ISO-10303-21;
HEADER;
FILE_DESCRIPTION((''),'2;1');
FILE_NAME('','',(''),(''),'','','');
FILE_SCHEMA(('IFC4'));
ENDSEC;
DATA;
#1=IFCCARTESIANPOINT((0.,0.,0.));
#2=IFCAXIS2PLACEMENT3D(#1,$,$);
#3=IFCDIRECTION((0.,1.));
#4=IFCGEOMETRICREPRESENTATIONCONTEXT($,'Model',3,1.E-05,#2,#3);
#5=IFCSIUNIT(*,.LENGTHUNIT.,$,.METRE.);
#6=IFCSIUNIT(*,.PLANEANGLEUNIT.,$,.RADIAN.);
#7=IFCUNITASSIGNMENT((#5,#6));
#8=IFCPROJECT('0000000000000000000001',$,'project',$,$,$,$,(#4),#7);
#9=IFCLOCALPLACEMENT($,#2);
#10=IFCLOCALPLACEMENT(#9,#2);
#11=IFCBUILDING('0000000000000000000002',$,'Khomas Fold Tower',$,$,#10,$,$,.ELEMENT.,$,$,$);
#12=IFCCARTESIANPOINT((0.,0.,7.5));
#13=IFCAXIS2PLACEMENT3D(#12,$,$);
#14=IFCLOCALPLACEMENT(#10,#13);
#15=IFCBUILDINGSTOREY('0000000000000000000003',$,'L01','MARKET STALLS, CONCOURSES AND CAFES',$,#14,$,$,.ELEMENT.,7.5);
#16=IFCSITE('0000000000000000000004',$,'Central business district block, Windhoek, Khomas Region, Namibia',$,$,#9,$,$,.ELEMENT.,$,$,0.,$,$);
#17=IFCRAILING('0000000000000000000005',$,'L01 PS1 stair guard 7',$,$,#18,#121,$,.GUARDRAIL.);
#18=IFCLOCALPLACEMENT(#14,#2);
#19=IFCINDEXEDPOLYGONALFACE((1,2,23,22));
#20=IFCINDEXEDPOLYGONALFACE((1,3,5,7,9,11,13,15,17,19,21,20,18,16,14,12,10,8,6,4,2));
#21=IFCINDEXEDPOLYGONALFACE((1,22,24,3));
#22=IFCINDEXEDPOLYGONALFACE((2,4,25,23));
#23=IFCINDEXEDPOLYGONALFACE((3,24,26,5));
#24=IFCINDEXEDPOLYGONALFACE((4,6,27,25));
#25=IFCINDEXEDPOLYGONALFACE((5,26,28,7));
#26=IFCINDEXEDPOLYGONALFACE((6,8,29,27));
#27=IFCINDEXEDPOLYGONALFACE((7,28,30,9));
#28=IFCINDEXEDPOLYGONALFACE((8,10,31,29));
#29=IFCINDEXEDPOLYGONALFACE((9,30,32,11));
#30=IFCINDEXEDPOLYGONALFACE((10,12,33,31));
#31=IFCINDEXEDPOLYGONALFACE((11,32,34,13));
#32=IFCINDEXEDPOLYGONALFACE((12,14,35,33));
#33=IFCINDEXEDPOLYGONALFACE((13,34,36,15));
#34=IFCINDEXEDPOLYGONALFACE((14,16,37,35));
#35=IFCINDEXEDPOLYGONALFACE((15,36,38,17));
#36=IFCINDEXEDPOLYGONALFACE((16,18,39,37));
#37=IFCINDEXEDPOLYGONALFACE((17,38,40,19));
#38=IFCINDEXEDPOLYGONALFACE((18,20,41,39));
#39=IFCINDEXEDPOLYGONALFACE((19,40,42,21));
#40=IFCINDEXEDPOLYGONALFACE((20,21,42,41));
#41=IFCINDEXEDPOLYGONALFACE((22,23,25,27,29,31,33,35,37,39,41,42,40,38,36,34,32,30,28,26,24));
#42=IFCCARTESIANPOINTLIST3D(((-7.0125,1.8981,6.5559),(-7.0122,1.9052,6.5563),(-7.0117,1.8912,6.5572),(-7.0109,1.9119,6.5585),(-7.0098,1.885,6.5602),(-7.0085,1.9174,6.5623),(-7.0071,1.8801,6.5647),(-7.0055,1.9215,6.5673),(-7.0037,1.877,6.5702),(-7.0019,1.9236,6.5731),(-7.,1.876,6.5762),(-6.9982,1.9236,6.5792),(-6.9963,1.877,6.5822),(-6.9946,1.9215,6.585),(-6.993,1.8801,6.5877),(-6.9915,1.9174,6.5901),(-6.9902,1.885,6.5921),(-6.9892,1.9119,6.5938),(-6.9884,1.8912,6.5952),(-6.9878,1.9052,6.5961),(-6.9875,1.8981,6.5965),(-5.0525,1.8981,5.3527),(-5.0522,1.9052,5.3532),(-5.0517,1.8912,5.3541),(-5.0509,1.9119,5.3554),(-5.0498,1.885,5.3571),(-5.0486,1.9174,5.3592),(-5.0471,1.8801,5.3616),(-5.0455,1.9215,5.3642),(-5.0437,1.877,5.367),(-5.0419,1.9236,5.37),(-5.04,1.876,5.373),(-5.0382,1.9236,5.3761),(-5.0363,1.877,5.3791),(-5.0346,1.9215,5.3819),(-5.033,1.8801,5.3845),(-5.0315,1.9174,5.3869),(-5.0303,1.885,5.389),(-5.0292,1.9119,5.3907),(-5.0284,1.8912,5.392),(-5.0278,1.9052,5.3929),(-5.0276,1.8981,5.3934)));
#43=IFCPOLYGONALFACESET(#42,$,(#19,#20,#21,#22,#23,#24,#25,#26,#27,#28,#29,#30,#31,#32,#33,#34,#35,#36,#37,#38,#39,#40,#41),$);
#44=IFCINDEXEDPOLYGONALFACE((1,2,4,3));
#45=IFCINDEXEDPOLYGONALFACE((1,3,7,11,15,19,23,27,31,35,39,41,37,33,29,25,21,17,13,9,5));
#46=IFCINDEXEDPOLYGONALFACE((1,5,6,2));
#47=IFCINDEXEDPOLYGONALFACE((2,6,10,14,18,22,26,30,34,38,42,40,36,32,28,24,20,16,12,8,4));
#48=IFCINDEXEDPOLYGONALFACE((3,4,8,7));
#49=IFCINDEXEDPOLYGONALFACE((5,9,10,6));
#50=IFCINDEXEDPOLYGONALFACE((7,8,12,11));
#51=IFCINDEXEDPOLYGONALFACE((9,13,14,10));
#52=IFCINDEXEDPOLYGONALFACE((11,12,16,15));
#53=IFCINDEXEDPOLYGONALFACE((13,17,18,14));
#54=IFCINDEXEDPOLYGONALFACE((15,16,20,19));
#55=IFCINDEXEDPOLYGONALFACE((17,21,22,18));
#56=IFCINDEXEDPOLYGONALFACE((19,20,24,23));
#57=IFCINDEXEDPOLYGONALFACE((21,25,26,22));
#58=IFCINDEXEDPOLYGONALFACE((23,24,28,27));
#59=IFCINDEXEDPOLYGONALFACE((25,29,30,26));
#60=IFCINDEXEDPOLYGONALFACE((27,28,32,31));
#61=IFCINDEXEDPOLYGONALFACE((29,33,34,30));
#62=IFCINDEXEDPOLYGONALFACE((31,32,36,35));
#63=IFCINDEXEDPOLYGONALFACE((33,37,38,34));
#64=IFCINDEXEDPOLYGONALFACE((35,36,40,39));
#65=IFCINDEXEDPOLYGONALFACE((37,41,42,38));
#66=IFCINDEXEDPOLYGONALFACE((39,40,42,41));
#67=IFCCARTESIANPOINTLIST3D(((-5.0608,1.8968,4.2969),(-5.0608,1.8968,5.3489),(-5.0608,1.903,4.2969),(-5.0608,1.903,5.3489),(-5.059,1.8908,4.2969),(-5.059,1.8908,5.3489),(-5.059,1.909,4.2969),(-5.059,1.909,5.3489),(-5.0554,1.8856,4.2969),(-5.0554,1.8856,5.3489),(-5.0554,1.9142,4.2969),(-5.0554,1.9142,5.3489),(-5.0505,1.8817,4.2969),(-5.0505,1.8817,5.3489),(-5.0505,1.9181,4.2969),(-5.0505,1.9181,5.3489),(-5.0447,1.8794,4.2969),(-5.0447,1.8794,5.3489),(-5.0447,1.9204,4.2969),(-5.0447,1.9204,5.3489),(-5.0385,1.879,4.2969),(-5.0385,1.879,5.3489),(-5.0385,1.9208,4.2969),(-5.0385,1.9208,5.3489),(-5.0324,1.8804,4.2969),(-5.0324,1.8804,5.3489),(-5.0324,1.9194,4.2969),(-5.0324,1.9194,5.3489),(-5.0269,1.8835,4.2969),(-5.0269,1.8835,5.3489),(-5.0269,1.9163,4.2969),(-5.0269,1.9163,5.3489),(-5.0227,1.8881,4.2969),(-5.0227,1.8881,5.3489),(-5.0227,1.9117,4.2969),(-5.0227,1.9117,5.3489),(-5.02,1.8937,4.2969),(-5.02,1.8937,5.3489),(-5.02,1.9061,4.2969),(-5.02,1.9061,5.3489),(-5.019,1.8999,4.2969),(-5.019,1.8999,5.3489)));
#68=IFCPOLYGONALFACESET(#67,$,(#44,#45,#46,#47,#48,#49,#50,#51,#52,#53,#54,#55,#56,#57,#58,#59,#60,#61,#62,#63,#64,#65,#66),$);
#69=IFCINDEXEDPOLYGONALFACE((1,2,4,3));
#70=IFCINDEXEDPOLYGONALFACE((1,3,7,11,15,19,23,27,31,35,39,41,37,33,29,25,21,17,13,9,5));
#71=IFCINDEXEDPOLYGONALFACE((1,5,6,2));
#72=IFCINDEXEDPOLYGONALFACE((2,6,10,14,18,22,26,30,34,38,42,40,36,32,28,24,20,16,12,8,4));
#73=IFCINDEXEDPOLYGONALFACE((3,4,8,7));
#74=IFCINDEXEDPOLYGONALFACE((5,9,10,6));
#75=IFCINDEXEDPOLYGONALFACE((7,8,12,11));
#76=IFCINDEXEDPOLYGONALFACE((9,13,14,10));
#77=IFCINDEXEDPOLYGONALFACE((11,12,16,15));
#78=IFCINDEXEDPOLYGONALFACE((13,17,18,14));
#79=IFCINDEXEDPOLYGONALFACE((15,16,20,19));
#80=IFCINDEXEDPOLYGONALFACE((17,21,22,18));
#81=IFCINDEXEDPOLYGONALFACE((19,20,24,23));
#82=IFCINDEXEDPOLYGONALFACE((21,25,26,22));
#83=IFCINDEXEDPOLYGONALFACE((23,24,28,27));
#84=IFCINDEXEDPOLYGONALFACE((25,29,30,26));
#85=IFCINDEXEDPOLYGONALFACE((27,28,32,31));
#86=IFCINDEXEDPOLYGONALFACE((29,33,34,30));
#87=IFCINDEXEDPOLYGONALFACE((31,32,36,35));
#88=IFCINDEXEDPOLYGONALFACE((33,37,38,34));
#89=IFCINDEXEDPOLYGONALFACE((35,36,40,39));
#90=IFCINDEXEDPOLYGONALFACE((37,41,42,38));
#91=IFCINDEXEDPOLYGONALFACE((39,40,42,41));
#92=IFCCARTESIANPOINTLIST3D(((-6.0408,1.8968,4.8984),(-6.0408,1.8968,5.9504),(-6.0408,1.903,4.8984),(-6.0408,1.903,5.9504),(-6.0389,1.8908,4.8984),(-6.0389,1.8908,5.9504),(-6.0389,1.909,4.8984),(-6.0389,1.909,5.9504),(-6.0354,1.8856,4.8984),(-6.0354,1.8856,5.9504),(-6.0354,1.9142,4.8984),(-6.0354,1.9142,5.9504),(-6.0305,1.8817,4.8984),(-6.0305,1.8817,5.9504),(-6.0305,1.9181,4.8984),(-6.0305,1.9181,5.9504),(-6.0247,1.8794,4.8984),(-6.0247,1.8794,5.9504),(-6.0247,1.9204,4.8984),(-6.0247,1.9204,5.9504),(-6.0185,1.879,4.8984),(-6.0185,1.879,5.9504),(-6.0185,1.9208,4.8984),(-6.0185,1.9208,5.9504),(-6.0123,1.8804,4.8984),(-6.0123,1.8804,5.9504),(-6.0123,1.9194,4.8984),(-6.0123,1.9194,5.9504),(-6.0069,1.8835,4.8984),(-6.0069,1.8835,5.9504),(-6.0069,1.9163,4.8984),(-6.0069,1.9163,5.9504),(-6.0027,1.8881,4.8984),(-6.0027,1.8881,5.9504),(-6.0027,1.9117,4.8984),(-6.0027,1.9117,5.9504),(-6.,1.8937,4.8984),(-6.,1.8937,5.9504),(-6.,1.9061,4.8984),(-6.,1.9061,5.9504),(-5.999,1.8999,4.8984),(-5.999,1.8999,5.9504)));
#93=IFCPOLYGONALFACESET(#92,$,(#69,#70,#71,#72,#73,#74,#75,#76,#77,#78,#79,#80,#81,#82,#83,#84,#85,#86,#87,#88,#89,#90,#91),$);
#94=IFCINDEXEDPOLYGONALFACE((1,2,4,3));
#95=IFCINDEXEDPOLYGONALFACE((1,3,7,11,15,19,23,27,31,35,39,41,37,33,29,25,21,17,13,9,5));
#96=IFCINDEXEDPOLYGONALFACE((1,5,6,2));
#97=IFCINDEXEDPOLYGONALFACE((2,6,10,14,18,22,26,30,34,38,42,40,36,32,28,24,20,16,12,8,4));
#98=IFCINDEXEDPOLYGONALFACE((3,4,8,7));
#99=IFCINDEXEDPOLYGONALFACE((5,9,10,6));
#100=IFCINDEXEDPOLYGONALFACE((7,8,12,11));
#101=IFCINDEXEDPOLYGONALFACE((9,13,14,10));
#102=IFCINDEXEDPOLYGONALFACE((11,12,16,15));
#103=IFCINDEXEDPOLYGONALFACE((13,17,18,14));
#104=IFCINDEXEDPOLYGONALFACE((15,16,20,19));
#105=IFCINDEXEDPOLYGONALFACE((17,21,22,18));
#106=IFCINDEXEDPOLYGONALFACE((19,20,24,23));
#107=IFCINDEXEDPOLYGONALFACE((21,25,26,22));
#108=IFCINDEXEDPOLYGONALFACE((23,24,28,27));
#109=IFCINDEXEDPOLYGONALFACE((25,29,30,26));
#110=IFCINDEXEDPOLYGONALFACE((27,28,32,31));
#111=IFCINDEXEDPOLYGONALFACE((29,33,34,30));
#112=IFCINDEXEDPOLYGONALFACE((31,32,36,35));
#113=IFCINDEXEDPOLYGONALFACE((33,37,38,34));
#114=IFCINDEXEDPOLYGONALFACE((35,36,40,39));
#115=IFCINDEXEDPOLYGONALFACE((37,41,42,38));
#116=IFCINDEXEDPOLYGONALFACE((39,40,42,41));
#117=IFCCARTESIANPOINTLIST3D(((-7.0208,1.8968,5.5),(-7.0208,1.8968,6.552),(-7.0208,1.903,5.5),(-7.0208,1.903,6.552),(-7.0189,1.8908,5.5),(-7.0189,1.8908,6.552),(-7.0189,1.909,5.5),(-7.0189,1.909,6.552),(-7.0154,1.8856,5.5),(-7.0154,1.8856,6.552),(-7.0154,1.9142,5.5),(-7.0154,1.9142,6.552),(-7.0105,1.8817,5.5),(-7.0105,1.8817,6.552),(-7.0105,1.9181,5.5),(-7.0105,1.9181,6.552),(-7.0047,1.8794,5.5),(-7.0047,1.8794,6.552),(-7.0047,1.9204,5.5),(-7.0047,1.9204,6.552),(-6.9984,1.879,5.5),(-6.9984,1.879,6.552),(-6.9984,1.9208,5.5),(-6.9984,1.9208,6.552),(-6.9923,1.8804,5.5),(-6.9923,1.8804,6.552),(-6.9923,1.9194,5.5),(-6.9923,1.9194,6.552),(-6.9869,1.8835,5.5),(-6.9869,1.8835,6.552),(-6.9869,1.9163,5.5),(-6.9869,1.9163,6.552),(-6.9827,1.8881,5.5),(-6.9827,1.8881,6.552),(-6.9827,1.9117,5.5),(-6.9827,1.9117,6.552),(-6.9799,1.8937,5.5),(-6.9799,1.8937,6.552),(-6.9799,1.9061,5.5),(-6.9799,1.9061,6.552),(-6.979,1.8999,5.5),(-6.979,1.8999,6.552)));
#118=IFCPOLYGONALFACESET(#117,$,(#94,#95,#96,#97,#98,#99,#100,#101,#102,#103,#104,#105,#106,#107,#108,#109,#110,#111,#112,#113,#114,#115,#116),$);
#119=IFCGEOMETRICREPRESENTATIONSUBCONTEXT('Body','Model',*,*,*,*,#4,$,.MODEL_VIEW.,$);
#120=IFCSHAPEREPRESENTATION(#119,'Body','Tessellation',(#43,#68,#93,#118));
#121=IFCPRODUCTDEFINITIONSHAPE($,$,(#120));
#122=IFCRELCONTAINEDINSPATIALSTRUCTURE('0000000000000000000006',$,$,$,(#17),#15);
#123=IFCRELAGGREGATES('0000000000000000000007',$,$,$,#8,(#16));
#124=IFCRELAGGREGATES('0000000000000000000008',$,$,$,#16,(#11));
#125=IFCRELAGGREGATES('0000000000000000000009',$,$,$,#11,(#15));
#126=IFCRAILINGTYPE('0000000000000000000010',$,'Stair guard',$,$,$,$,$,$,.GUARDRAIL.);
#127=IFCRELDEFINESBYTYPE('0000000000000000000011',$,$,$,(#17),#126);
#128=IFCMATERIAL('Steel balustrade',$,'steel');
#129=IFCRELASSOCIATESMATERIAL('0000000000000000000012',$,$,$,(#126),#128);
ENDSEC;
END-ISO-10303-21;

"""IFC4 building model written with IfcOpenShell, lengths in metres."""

from ifc_helpers import new_model, si_unit, direction, frame, origin, origin_2d, place, context, subcontext, project, spatial, circle, extrude, source, transform, mapped, material, type_object, element, save


model = new_model("IFC4")

# Units and contexts
model_context = context("Model", 3, precision=1e-05, world=origin(), true_north=direction((0.0, 1.0)))
body_context = subcontext(model_context, "Body", "Model", "MODEL_VIEW")
ifc_project = project(units=[si_unit("LENGTHUNIT", "METRE"), si_unit("PLANEANGLEUNIT", "RADIAN")], contexts=[model_context])

# Site, building, storey
site_placement = place(None, origin())
site = spatial("IfcSite", under=ifc_project, at=site_placement, Name="Central business district block, Windhoek, Khomas Region, Namibia", CompositionType="ELEMENT", RefElevation=0.0)
building_placement = place(site_placement, origin())
building = spatial("IfcBuilding", under=site, at=building_placement, Name="Khomas Fold Tower", CompositionType="ELEMENT")
storey_placement = place(building_placement, frame((0.0, 0.0, 7.5)))
storey = spatial("IfcBuildingStorey", under=building, at=storey_placement, Name="L01", Description="MARKET STALLS, CONCOURSES AND CAFES", CompositionType="ELEMENT", Elevation=7.5)

# Railing
ifc_material_1 = material(Name="Steel balustrade", Category="steel")
railing_type_1 = type_object("IfcRailingType", Name="Stair guard", PredefinedType="GUARDRAIL", material=ifc_material_1)
shared_shape_1 = source(origin(), body_context, "Body", "SweptSolid", [
    extrude(circle(Radius=0.0239, at=origin_2d()), frame((0.0, 0.0, 1.0762), z_axis=(-0.852241, 0.0, 0.523149), x_axis=(0.0, -1.0, 0.0)), (0.0, 0.0, 1.0), 2.2998),
    extrude(circle(Radius=0.021, at=origin_2d()), origin(), (0.0, 0.0, 1.0), 1.052),
    extrude(circle(Radius=0.021, at=origin_2d()), frame((-0.98, 0.0, 0.6016)), (0.0, 0.0, 1.0), 1.052),
    extrude(circle(Radius=0.021, at=origin_2d()), frame((-1.96, 0.0, 1.2031)), (0.0, 0.0, 1.0), 1.052),
])
for number, where, name in (
    (1, (-5.04, 1.8999, 4.2969), "L01 PS1 stair guard 7"),
):
    element("IfcRailing", number, at=place(storey_placement, frame(where)), inside=storey, type_object=railing_type_1, Name=name, PredefinedType="GUARDRAIL", context=body_context, shape_type="MappedRepresentation", body=[
        mapped(shared_shape_1, transform((0.0, 0.0, 0.0))),
    ])

save(model, "model.ifc")
